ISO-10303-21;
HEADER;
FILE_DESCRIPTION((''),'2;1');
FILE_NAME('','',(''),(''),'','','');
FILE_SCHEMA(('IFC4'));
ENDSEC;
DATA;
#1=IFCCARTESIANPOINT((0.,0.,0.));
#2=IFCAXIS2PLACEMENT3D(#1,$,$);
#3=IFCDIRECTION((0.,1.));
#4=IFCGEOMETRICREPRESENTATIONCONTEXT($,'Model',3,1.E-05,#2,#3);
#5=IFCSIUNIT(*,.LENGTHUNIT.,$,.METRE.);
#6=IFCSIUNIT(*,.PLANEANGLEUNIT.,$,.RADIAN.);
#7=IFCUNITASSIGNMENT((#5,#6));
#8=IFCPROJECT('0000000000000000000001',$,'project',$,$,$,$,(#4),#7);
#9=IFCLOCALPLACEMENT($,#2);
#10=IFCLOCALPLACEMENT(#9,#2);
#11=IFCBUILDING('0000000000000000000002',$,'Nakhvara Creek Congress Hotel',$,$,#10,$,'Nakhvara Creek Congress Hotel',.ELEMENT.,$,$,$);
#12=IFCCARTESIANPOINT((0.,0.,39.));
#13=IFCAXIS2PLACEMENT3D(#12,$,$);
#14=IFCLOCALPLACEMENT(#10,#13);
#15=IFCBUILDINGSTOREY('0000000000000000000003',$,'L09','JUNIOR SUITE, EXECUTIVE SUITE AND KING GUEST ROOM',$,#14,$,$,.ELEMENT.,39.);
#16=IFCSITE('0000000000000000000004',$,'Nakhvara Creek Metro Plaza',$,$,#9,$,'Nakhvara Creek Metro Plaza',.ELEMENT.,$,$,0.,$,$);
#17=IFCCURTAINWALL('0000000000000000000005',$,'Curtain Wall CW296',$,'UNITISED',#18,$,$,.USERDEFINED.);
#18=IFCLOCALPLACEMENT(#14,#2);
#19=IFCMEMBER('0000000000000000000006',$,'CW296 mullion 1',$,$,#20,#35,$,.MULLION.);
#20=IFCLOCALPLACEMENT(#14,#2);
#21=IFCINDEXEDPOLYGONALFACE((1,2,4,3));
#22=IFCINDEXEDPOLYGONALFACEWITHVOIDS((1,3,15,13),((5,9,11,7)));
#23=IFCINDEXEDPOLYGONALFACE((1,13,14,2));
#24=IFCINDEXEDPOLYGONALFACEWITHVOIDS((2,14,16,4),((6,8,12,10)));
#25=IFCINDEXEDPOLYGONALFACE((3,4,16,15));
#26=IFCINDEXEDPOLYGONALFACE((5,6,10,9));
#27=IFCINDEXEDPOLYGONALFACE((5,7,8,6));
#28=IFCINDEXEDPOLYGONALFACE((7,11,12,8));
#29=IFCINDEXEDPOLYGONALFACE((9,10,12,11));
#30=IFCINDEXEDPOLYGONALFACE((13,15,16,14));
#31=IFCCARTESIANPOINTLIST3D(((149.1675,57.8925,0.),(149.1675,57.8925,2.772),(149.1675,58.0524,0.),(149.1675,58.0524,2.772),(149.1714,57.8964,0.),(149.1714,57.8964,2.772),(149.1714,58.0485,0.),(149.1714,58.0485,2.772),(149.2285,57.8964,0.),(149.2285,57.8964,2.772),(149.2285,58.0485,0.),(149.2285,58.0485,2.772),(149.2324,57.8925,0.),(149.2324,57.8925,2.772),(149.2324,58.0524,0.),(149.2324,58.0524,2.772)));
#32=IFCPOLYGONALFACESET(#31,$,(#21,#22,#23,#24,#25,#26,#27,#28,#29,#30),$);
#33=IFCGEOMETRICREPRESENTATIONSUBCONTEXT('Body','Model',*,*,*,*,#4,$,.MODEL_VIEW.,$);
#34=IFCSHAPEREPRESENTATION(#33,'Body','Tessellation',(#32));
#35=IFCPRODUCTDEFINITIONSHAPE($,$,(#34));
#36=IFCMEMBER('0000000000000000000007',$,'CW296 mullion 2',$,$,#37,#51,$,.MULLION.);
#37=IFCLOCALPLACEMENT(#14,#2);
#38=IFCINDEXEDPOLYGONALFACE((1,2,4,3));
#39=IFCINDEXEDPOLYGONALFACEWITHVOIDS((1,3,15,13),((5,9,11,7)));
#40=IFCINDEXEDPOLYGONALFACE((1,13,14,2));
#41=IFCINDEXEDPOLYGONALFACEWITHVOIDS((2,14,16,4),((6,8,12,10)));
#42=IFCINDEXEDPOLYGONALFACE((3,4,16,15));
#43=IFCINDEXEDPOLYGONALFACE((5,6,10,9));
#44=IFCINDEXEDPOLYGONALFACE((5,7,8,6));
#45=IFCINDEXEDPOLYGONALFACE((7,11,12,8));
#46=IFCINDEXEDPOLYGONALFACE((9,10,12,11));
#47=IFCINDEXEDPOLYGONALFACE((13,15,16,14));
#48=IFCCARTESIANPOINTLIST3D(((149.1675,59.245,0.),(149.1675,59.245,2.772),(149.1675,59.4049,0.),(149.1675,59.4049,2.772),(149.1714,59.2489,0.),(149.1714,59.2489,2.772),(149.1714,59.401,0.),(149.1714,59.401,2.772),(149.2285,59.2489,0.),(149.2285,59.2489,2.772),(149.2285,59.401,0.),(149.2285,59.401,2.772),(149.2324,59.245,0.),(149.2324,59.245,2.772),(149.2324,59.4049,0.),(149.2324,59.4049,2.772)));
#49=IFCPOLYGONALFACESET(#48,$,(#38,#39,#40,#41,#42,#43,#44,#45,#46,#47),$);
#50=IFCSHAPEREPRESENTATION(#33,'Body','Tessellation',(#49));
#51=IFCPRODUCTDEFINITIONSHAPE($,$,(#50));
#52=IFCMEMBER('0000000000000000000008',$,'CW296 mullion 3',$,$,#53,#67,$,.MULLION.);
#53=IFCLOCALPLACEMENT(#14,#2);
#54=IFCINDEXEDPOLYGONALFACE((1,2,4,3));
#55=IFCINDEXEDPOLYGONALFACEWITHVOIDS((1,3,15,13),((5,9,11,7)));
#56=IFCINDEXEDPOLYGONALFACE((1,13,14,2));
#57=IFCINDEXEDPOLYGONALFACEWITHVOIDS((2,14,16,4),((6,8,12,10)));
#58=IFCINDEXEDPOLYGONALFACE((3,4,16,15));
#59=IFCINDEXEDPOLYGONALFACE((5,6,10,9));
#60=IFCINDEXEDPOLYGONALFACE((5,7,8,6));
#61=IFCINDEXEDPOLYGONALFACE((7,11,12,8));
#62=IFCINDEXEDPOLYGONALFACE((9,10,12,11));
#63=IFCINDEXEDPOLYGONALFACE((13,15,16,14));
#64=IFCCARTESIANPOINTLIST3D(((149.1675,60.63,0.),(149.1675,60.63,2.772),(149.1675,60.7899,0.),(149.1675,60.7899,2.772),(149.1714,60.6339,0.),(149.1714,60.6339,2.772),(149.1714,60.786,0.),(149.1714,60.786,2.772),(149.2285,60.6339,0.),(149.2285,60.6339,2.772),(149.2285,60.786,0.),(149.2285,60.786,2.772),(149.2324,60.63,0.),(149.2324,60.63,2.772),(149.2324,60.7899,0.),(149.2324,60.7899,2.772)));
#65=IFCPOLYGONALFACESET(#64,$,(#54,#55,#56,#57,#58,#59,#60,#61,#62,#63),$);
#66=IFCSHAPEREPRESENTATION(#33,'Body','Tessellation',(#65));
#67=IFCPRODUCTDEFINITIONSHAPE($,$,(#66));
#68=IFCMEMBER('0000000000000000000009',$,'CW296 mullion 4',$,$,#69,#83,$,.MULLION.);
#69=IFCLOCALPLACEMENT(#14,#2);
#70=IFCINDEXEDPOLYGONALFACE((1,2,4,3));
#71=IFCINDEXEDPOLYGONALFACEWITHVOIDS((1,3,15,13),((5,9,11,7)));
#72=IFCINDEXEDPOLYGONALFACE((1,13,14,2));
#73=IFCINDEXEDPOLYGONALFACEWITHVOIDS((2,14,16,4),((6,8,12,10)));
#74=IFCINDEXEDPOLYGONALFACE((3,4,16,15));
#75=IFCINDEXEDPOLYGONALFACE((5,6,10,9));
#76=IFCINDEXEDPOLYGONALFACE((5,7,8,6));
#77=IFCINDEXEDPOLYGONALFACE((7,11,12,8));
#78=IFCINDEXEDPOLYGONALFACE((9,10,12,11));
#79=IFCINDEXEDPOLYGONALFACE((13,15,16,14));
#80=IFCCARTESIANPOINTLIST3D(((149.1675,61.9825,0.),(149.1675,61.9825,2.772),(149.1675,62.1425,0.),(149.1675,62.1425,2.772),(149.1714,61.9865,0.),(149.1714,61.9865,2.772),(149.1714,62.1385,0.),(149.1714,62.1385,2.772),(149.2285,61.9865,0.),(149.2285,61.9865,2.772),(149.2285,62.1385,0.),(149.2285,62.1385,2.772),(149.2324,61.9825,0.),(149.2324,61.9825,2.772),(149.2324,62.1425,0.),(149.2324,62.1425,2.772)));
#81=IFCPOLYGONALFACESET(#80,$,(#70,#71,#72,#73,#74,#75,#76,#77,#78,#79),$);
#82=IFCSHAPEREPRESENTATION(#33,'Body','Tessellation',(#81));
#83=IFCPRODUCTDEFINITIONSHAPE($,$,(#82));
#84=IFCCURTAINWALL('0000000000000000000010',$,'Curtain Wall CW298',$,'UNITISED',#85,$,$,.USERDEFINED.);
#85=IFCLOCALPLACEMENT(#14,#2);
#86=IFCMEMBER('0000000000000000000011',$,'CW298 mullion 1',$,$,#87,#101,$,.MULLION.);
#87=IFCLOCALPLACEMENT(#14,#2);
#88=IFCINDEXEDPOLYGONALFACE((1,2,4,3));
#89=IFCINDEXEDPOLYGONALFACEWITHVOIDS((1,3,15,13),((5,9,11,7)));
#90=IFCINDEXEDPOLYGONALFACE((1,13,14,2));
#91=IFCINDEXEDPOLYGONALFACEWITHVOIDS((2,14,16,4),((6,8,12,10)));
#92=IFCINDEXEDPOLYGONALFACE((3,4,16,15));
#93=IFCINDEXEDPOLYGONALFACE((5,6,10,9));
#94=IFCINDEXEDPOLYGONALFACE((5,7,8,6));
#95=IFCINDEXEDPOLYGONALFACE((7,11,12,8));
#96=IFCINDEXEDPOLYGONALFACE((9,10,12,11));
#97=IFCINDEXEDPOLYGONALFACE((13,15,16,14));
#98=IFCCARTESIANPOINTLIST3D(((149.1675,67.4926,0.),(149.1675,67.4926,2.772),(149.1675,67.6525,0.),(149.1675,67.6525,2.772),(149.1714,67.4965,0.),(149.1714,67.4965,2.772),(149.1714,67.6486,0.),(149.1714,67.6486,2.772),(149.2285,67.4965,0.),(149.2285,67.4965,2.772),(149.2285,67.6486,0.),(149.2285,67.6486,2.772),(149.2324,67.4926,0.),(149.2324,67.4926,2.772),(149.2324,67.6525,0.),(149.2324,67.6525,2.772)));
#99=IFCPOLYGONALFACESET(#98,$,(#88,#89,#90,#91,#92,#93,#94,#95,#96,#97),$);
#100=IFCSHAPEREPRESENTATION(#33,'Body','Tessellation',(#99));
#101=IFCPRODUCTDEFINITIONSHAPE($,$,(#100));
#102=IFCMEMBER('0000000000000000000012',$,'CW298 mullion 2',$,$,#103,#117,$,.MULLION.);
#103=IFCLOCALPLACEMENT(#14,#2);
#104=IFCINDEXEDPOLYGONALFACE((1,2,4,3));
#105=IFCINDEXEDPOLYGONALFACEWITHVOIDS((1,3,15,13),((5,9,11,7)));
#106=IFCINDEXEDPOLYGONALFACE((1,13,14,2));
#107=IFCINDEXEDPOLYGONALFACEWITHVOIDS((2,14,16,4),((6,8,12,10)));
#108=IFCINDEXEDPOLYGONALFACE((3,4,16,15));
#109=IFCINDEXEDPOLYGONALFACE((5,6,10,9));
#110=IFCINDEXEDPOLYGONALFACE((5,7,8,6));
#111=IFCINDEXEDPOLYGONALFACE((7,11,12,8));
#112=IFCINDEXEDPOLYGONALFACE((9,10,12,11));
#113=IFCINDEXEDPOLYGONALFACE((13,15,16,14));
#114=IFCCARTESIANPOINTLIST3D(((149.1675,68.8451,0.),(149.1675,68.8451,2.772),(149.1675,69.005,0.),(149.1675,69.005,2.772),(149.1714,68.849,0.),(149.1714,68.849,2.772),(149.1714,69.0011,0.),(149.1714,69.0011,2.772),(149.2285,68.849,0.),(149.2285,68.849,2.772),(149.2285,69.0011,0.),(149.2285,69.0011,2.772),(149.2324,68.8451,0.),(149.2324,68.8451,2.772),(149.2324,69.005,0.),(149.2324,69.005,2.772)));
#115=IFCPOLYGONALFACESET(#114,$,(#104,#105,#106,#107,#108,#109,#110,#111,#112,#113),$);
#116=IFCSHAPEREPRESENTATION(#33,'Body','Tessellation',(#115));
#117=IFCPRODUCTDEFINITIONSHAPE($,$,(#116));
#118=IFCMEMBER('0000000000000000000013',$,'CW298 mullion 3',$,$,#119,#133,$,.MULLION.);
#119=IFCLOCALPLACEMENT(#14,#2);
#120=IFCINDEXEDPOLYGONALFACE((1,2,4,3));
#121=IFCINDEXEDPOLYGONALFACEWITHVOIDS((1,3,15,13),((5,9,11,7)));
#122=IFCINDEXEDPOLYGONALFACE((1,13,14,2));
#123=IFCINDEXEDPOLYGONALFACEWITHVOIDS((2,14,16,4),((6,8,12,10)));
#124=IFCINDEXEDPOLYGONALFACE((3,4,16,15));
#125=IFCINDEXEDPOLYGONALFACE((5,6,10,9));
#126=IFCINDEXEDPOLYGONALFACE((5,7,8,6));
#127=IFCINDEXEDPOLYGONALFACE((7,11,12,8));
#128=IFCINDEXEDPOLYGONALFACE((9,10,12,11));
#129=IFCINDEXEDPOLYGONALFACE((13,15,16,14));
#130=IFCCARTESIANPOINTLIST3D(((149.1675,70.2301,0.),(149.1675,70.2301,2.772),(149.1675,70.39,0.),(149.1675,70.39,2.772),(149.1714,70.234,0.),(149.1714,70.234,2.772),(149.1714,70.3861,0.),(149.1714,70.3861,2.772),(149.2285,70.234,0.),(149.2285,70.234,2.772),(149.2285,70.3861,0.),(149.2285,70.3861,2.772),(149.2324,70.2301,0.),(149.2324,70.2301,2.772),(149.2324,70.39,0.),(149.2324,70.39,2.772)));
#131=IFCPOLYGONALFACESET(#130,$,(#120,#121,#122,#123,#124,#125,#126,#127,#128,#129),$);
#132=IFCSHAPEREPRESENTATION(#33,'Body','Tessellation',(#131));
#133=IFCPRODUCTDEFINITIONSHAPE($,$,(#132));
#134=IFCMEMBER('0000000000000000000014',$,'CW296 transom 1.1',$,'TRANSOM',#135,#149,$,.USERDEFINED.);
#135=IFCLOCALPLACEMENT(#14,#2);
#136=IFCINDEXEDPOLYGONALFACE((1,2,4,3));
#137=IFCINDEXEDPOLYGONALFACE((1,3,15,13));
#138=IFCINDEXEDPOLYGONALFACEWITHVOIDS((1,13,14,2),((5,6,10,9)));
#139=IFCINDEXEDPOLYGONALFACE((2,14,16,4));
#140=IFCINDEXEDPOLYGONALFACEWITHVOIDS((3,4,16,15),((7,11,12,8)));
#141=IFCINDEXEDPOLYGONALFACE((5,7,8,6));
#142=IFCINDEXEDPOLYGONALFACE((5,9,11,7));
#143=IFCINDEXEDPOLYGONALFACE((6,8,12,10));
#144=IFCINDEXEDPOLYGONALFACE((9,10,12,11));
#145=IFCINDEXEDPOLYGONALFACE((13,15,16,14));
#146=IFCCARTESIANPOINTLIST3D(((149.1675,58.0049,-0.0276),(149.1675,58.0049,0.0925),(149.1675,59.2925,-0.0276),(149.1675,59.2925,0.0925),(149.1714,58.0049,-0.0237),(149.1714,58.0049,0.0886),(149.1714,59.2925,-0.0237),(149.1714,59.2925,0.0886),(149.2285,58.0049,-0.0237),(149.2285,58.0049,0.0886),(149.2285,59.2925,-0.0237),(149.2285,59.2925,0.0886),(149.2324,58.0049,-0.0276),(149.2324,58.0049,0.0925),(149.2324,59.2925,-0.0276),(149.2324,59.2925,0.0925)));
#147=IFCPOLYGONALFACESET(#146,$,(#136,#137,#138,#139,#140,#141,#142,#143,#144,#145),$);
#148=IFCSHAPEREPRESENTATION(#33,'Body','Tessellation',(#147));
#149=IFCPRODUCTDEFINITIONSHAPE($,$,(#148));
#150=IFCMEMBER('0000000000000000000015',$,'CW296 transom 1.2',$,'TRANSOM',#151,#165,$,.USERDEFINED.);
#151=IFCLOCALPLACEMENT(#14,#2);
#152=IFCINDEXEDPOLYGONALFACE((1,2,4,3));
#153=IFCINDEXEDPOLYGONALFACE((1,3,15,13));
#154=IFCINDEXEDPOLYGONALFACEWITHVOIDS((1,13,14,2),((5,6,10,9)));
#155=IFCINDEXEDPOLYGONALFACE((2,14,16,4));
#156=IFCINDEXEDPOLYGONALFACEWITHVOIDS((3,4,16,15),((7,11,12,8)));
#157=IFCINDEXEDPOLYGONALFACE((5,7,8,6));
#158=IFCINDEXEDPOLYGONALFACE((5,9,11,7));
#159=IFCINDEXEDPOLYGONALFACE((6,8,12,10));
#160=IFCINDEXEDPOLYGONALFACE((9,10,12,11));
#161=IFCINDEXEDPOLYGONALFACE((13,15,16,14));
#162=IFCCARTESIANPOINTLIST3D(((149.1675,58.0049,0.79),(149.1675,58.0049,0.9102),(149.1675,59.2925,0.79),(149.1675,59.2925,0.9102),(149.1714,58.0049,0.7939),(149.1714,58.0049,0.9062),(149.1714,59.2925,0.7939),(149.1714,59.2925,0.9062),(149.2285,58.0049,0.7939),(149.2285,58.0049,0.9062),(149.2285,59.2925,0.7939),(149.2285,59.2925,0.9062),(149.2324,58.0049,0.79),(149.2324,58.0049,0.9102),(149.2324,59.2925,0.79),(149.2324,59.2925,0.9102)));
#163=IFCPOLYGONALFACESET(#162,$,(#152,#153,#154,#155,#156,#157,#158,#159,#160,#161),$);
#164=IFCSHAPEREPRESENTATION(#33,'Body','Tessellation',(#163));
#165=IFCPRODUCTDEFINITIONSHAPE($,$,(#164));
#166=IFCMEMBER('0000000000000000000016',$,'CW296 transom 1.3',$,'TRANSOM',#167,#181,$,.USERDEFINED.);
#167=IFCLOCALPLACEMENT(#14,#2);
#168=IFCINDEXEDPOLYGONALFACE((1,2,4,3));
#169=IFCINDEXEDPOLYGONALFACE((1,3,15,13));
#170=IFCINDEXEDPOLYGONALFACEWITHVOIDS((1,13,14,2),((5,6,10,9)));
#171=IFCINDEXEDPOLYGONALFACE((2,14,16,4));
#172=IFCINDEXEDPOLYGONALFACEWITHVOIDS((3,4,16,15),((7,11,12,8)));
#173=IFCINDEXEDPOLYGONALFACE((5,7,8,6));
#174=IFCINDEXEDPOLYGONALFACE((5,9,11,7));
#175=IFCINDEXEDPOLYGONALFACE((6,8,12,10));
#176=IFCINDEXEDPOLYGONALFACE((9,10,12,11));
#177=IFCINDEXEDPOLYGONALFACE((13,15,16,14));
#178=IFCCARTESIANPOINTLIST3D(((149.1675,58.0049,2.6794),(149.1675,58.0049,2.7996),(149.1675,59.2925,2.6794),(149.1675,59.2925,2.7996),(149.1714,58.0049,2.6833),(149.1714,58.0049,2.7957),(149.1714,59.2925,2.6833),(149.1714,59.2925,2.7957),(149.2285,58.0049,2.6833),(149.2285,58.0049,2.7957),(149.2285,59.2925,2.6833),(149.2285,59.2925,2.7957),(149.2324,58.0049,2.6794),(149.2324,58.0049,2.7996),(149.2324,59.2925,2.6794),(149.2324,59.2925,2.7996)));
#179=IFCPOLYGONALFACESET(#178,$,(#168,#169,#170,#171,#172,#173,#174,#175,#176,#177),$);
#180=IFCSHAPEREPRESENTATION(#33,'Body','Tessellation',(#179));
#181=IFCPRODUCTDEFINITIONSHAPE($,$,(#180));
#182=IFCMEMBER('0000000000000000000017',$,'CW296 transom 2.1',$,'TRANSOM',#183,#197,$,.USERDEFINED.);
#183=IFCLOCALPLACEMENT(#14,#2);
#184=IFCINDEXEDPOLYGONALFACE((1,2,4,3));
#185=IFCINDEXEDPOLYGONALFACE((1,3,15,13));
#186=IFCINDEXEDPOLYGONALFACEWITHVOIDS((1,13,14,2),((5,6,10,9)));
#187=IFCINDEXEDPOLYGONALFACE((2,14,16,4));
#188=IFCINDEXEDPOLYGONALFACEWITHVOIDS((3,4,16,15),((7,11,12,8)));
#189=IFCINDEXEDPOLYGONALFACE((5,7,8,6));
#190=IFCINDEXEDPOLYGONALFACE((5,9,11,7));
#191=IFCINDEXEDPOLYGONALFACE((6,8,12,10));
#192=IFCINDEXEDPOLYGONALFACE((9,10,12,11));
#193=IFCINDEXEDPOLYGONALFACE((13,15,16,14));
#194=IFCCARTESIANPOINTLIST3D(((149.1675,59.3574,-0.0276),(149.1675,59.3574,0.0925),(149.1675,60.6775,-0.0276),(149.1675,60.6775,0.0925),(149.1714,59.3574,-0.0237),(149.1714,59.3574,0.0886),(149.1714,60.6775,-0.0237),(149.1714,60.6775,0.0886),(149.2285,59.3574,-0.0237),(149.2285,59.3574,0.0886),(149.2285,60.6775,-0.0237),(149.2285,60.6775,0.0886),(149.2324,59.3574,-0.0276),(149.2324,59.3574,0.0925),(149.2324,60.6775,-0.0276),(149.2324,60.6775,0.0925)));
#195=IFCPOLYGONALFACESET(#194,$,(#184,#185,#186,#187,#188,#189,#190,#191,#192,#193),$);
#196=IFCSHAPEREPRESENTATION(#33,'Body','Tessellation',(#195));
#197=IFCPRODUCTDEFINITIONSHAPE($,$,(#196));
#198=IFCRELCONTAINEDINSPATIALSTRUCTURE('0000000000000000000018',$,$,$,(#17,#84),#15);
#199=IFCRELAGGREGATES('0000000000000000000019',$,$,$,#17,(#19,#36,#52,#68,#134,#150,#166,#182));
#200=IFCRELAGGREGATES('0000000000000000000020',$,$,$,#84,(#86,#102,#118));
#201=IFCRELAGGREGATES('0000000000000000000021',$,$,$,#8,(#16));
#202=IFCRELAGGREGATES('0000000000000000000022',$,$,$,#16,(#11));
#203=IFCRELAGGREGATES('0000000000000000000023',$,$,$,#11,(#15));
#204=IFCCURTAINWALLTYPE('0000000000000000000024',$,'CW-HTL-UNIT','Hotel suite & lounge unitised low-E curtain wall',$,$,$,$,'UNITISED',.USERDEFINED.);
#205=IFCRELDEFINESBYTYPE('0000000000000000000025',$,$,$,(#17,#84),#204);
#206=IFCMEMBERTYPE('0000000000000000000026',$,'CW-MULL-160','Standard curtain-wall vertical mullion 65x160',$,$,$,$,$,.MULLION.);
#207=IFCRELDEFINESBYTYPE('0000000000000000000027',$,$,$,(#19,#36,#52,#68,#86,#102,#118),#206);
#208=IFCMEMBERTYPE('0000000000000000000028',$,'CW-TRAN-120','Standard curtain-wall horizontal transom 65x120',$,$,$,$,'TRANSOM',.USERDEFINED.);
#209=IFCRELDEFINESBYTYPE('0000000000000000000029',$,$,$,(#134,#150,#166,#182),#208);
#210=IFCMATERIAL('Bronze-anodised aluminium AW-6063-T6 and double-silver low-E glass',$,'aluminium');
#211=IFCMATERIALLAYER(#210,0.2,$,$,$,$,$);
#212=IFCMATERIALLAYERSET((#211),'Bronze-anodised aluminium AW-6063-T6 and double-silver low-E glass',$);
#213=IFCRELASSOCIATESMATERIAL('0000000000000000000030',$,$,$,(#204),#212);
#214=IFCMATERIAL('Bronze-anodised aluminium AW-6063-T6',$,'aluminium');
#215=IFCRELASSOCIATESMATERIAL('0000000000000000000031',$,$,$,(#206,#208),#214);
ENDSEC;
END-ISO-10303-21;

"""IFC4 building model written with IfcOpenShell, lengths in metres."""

from ifc_helpers import new_model, si_unit, direction, frame, origin, origin_2d, place, context, subcontext, project, spatial, hollow_rectangle, extrude, material, layer, layer_set, material_profile, profile_set, type_object, element, aggregate, save


model = new_model("IFC4")

# Units and contexts
model_context = context("Model", 3, precision=1e-05, world=origin(), true_north=direction((0.0, 1.0)))
body_context = subcontext(model_context, "Body", "Model", "MODEL_VIEW")
ifc_project = project(units=[si_unit("LENGTHUNIT", "METRE"), si_unit("PLANEANGLEUNIT", "RADIAN")], contexts=[model_context])

# Site, building, storey
site_placement = place(None, origin())
site = spatial("IfcSite", under=ifc_project, at=site_placement, Name="Nakhvara Creek Metro Plaza", LongName="Nakhvara Creek Metro Plaza", CompositionType="ELEMENT", RefElevation=0.0)
building_placement = place(site_placement, origin())
building = spatial("IfcBuilding", under=site, at=building_placement, Name="Nakhvara Creek Congress Hotel", LongName="Nakhvara Creek Congress Hotel", CompositionType="ELEMENT")
storey_placement = place(building_placement, frame((0.0, 0.0, 39.0)))
storey = spatial("IfcBuildingStorey", under=building, at=storey_placement, Name="L09", Description="JUNIOR SUITE, EXECUTIVE SUITE AND KING GUEST ROOM", CompositionType="ELEMENT", Elevation=39.0)

# Curtain walls, members
ifc_material_1 = material(Name="Bronze-anodised aluminium AW-6063-T6 and double-silver low-E glass", Category="aluminium")
ifc_layer = layer(ifc_material_1, 0.2)
ifc_layer_set = layer_set([ifc_layer], Name="Bronze-anodised aluminium AW-6063-T6 and double-silver low-E glass")
curtain_wall_type = type_object("IfcCurtainWallType", Name="CW-HTL-UNIT", Description="Hotel suite & lounge unitised low-E curtain wall", ElementType="UNITISED", PredefinedType="USERDEFINED", material=ifc_layer_set)
curtain_wall_1_placement = place(storey_placement, origin())
curtain_wall_1 = element("IfcCurtainWall", 1, at=curtain_wall_1_placement, inside=storey, type_object=curtain_wall_type, Name="Curtain Wall CW296", ObjectType="UNITISED", PredefinedType="USERDEFINED")
ifc_material_2 = material(Name="Bronze-anodised aluminium AW-6063-T6", Category="aluminium")
ifc_material_profile_1 = material_profile(ifc_material_2, hollow_rectangle(XDim=0.0649, YDim=0.1599, WallThickness=0.0039, at=origin_2d()), Name="ALU-MULL 65x160x4", Category="LoadBearing")
ifc_profile_set_1 = profile_set([ifc_material_profile_1], Name="Bronze-anodised aluminium AW-6063-T6")
member_type_1 = type_object("IfcMemberType", Name="CW-MULL-160", Description="Standard curtain-wall vertical mullion 65x160", PredefinedType="MULLION", material=ifc_profile_set_1)
member_1_placement = place(storey_placement, frame((149.2, 57.9724, 0.0), z_axis=(0.0, 0.0, 1.0), x_axis=(-1.0, 0.0, 0.0)))
member_1 = element("IfcMember", 2, at=member_1_placement, type_object=member_type_1, Name="CW296 mullion 1", PredefinedType="MULLION", context=body_context, shape_type="SweptSolid", body=[
    extrude(hollow_rectangle(XDim=0.0649, YDim=0.1599, WallThickness=0.0039, at=origin_2d()), origin(), (0.0, 0.0, 1.0), 2.772),
])
member_2_placement = place(storey_placement, frame((149.2, 59.325, 0.0), z_axis=(0.0, 0.0, 1.0), x_axis=(-1.0, 0.0, 0.0)))
member_2 = element("IfcMember", 3, at=member_2_placement, type_object=member_type_1, Name="CW296 mullion 2", PredefinedType="MULLION", context=body_context, shape_type="SweptSolid", body=[
    extrude(hollow_rectangle(XDim=0.0649, YDim=0.1599, WallThickness=0.0039, at=origin_2d()), origin(), (0.0, 0.0, 1.0), 2.772),
])
member_3_placement = place(storey_placement, frame((149.2, 60.71, 0.0), z_axis=(0.0, 0.0, 1.0), x_axis=(-1.0, 0.0, 0.0)))
member_3 = element("IfcMember", 4, at=member_3_placement, type_object=member_type_1, Name="CW296 mullion 3", PredefinedType="MULLION", context=body_context, shape_type="SweptSolid", body=[
    extrude(hollow_rectangle(XDim=0.0649, YDim=0.1599, WallThickness=0.0039, at=origin_2d()), origin(), (0.0, 0.0, 1.0), 2.772),
])
member_4_placement = place(storey_placement, frame((149.2, 62.0625, 0.0), z_axis=(0.0, 0.0, 1.0), x_axis=(-1.0, 0.0, 0.0)))
member_4 = element("IfcMember", 5, at=member_4_placement, type_object=member_type_1, Name="CW296 mullion 4", PredefinedType="MULLION", context=body_context, shape_type="SweptSolid", body=[
    extrude(hollow_rectangle(XDim=0.0649, YDim=0.1599, WallThickness=0.0039, at=origin_2d()), origin(), (0.0, 0.0, 1.0), 2.772),
])
curtain_wall_2_placement = place(storey_placement, origin())
curtain_wall_2 = element("IfcCurtainWall", 6, at=curtain_wall_2_placement, inside=storey, type_object=curtain_wall_type, Name="Curtain Wall CW298", ObjectType="UNITISED", PredefinedType="USERDEFINED")
member_5_placement = place(storey_placement, frame((149.2, 67.5725, 0.0), z_axis=(0.0, 0.0, 1.0), x_axis=(-1.0, 0.0, 0.0)))
member_5 = element("IfcMember", 7, at=member_5_placement, type_object=member_type_1, Name="CW298 mullion 1", PredefinedType="MULLION", context=body_context, shape_type="SweptSolid", body=[
    extrude(hollow_rectangle(XDim=0.0649, YDim=0.1599, WallThickness=0.0039, at=origin_2d()), origin(), (0.0, 0.0, 1.0), 2.772),
])
member_6_placement = place(storey_placement, frame((149.2, 68.925, 0.0), z_axis=(0.0, 0.0, 1.0), x_axis=(-1.0, 0.0, 0.0)))
member_6 = element("IfcMember", 8, at=member_6_placement, type_object=member_type_1, Name="CW298 mullion 2", PredefinedType="MULLION", context=body_context, shape_type="SweptSolid", body=[
    extrude(hollow_rectangle(XDim=0.0649, YDim=0.1599, WallThickness=0.0039, at=origin_2d()), origin(), (0.0, 0.0, 1.0), 2.772),
])
member_7_placement = place(storey_placement, frame((149.2, 70.3101, 0.0), z_axis=(0.0, 0.0, 1.0), x_axis=(-1.0, 0.0, 0.0)))
member_7 = element("IfcMember", 9, at=member_7_placement, type_object=member_type_1, Name="CW298 mullion 3", PredefinedType="MULLION", context=body_context, shape_type="SweptSolid", body=[
    extrude(hollow_rectangle(XDim=0.0649, YDim=0.1599, WallThickness=0.0039, at=origin_2d()), origin(), (0.0, 0.0, 1.0), 2.772),
])

# Members
ifc_material_profile_2 = material_profile(ifc_material_2, hollow_rectangle(XDim=0.0649, YDim=0.1201, WallThickness=0.0039, at=origin_2d()), Name="ALU-TRAN 65x120x4", Category="LoadBearing")
ifc_profile_set_2 = profile_set([ifc_material_profile_2], Name="Bronze-anodised aluminium AW-6063-T6")
member_type_2 = type_object("IfcMemberType", Name="CW-TRAN-120", Description="Standard curtain-wall horizontal transom 65x120", ElementType="TRANSOM", PredefinedType="USERDEFINED", material=ifc_profile_set_2)
member_8_placement = place(storey_placement, frame((149.2, 58.0049, 0.0325), z_axis=(0.0, 1.0, 0.0), x_axis=(-1.0, 0.0, 0.0)))
member_8 = element("IfcMember", 10, at=member_8_placement, type_object=member_type_2, Name="CW296 transom 1.1", ObjectType="TRANSOM", PredefinedType="USERDEFINED", context=body_context, shape_type="SweptSolid", body=[
    extrude(hollow_rectangle(XDim=0.0649, YDim=0.1201, WallThickness=0.0039, at=origin_2d()), origin(), (0.0, 0.0, 1.0), 1.2876),
])
member_9_placement = place(storey_placement, frame((149.2, 58.0049, 0.8501), z_axis=(0.0, 1.0, 0.0), x_axis=(-1.0, 0.0, 0.0)))
member_9 = element("IfcMember", 11, at=member_9_placement, type_object=member_type_2, Name="CW296 transom 1.2", ObjectType="TRANSOM", PredefinedType="USERDEFINED", context=body_context, shape_type="SweptSolid", body=[
    extrude(hollow_rectangle(XDim=0.0649, YDim=0.1201, WallThickness=0.0039, at=origin_2d()), origin(), (0.0, 0.0, 1.0), 1.2876),
])
member_10_placement = place(storey_placement, frame((149.2, 58.0049, 2.7395), z_axis=(0.0, 1.0, 0.0), x_axis=(-1.0, 0.0, 0.0)))
member_10 = element("IfcMember", 12, at=member_10_placement, type_object=member_type_2, Name="CW296 transom 1.3", ObjectType="TRANSOM", PredefinedType="USERDEFINED", context=body_context, shape_type="SweptSolid", body=[
    extrude(hollow_rectangle(XDim=0.0649, YDim=0.1201, WallThickness=0.0039, at=origin_2d()), origin(), (0.0, 0.0, 1.0), 1.2876),
])
member_11_placement = place(storey_placement, frame((149.2, 59.3574, 0.0325), z_axis=(0.0, 1.0, 0.0), x_axis=(-1.0, 0.0, 0.0)))
member_11 = element("IfcMember", 13, at=member_11_placement, type_object=member_type_2, Name="CW296 transom 2.1", ObjectType="TRANSOM", PredefinedType="USERDEFINED", context=body_context, shape_type="SweptSolid", body=[
    extrude(hollow_rectangle(XDim=0.0649, YDim=0.1201, WallThickness=0.0039, at=origin_2d()), origin(), (0.0, 0.0, 1.0), 1.3201),
])

aggregate(curtain_wall_1, [member_1, member_2, member_3, member_4, member_8, member_9, member_10, member_11])
aggregate(curtain_wall_2, [member_5, member_6, member_7])

save(model, "model.ifc")
